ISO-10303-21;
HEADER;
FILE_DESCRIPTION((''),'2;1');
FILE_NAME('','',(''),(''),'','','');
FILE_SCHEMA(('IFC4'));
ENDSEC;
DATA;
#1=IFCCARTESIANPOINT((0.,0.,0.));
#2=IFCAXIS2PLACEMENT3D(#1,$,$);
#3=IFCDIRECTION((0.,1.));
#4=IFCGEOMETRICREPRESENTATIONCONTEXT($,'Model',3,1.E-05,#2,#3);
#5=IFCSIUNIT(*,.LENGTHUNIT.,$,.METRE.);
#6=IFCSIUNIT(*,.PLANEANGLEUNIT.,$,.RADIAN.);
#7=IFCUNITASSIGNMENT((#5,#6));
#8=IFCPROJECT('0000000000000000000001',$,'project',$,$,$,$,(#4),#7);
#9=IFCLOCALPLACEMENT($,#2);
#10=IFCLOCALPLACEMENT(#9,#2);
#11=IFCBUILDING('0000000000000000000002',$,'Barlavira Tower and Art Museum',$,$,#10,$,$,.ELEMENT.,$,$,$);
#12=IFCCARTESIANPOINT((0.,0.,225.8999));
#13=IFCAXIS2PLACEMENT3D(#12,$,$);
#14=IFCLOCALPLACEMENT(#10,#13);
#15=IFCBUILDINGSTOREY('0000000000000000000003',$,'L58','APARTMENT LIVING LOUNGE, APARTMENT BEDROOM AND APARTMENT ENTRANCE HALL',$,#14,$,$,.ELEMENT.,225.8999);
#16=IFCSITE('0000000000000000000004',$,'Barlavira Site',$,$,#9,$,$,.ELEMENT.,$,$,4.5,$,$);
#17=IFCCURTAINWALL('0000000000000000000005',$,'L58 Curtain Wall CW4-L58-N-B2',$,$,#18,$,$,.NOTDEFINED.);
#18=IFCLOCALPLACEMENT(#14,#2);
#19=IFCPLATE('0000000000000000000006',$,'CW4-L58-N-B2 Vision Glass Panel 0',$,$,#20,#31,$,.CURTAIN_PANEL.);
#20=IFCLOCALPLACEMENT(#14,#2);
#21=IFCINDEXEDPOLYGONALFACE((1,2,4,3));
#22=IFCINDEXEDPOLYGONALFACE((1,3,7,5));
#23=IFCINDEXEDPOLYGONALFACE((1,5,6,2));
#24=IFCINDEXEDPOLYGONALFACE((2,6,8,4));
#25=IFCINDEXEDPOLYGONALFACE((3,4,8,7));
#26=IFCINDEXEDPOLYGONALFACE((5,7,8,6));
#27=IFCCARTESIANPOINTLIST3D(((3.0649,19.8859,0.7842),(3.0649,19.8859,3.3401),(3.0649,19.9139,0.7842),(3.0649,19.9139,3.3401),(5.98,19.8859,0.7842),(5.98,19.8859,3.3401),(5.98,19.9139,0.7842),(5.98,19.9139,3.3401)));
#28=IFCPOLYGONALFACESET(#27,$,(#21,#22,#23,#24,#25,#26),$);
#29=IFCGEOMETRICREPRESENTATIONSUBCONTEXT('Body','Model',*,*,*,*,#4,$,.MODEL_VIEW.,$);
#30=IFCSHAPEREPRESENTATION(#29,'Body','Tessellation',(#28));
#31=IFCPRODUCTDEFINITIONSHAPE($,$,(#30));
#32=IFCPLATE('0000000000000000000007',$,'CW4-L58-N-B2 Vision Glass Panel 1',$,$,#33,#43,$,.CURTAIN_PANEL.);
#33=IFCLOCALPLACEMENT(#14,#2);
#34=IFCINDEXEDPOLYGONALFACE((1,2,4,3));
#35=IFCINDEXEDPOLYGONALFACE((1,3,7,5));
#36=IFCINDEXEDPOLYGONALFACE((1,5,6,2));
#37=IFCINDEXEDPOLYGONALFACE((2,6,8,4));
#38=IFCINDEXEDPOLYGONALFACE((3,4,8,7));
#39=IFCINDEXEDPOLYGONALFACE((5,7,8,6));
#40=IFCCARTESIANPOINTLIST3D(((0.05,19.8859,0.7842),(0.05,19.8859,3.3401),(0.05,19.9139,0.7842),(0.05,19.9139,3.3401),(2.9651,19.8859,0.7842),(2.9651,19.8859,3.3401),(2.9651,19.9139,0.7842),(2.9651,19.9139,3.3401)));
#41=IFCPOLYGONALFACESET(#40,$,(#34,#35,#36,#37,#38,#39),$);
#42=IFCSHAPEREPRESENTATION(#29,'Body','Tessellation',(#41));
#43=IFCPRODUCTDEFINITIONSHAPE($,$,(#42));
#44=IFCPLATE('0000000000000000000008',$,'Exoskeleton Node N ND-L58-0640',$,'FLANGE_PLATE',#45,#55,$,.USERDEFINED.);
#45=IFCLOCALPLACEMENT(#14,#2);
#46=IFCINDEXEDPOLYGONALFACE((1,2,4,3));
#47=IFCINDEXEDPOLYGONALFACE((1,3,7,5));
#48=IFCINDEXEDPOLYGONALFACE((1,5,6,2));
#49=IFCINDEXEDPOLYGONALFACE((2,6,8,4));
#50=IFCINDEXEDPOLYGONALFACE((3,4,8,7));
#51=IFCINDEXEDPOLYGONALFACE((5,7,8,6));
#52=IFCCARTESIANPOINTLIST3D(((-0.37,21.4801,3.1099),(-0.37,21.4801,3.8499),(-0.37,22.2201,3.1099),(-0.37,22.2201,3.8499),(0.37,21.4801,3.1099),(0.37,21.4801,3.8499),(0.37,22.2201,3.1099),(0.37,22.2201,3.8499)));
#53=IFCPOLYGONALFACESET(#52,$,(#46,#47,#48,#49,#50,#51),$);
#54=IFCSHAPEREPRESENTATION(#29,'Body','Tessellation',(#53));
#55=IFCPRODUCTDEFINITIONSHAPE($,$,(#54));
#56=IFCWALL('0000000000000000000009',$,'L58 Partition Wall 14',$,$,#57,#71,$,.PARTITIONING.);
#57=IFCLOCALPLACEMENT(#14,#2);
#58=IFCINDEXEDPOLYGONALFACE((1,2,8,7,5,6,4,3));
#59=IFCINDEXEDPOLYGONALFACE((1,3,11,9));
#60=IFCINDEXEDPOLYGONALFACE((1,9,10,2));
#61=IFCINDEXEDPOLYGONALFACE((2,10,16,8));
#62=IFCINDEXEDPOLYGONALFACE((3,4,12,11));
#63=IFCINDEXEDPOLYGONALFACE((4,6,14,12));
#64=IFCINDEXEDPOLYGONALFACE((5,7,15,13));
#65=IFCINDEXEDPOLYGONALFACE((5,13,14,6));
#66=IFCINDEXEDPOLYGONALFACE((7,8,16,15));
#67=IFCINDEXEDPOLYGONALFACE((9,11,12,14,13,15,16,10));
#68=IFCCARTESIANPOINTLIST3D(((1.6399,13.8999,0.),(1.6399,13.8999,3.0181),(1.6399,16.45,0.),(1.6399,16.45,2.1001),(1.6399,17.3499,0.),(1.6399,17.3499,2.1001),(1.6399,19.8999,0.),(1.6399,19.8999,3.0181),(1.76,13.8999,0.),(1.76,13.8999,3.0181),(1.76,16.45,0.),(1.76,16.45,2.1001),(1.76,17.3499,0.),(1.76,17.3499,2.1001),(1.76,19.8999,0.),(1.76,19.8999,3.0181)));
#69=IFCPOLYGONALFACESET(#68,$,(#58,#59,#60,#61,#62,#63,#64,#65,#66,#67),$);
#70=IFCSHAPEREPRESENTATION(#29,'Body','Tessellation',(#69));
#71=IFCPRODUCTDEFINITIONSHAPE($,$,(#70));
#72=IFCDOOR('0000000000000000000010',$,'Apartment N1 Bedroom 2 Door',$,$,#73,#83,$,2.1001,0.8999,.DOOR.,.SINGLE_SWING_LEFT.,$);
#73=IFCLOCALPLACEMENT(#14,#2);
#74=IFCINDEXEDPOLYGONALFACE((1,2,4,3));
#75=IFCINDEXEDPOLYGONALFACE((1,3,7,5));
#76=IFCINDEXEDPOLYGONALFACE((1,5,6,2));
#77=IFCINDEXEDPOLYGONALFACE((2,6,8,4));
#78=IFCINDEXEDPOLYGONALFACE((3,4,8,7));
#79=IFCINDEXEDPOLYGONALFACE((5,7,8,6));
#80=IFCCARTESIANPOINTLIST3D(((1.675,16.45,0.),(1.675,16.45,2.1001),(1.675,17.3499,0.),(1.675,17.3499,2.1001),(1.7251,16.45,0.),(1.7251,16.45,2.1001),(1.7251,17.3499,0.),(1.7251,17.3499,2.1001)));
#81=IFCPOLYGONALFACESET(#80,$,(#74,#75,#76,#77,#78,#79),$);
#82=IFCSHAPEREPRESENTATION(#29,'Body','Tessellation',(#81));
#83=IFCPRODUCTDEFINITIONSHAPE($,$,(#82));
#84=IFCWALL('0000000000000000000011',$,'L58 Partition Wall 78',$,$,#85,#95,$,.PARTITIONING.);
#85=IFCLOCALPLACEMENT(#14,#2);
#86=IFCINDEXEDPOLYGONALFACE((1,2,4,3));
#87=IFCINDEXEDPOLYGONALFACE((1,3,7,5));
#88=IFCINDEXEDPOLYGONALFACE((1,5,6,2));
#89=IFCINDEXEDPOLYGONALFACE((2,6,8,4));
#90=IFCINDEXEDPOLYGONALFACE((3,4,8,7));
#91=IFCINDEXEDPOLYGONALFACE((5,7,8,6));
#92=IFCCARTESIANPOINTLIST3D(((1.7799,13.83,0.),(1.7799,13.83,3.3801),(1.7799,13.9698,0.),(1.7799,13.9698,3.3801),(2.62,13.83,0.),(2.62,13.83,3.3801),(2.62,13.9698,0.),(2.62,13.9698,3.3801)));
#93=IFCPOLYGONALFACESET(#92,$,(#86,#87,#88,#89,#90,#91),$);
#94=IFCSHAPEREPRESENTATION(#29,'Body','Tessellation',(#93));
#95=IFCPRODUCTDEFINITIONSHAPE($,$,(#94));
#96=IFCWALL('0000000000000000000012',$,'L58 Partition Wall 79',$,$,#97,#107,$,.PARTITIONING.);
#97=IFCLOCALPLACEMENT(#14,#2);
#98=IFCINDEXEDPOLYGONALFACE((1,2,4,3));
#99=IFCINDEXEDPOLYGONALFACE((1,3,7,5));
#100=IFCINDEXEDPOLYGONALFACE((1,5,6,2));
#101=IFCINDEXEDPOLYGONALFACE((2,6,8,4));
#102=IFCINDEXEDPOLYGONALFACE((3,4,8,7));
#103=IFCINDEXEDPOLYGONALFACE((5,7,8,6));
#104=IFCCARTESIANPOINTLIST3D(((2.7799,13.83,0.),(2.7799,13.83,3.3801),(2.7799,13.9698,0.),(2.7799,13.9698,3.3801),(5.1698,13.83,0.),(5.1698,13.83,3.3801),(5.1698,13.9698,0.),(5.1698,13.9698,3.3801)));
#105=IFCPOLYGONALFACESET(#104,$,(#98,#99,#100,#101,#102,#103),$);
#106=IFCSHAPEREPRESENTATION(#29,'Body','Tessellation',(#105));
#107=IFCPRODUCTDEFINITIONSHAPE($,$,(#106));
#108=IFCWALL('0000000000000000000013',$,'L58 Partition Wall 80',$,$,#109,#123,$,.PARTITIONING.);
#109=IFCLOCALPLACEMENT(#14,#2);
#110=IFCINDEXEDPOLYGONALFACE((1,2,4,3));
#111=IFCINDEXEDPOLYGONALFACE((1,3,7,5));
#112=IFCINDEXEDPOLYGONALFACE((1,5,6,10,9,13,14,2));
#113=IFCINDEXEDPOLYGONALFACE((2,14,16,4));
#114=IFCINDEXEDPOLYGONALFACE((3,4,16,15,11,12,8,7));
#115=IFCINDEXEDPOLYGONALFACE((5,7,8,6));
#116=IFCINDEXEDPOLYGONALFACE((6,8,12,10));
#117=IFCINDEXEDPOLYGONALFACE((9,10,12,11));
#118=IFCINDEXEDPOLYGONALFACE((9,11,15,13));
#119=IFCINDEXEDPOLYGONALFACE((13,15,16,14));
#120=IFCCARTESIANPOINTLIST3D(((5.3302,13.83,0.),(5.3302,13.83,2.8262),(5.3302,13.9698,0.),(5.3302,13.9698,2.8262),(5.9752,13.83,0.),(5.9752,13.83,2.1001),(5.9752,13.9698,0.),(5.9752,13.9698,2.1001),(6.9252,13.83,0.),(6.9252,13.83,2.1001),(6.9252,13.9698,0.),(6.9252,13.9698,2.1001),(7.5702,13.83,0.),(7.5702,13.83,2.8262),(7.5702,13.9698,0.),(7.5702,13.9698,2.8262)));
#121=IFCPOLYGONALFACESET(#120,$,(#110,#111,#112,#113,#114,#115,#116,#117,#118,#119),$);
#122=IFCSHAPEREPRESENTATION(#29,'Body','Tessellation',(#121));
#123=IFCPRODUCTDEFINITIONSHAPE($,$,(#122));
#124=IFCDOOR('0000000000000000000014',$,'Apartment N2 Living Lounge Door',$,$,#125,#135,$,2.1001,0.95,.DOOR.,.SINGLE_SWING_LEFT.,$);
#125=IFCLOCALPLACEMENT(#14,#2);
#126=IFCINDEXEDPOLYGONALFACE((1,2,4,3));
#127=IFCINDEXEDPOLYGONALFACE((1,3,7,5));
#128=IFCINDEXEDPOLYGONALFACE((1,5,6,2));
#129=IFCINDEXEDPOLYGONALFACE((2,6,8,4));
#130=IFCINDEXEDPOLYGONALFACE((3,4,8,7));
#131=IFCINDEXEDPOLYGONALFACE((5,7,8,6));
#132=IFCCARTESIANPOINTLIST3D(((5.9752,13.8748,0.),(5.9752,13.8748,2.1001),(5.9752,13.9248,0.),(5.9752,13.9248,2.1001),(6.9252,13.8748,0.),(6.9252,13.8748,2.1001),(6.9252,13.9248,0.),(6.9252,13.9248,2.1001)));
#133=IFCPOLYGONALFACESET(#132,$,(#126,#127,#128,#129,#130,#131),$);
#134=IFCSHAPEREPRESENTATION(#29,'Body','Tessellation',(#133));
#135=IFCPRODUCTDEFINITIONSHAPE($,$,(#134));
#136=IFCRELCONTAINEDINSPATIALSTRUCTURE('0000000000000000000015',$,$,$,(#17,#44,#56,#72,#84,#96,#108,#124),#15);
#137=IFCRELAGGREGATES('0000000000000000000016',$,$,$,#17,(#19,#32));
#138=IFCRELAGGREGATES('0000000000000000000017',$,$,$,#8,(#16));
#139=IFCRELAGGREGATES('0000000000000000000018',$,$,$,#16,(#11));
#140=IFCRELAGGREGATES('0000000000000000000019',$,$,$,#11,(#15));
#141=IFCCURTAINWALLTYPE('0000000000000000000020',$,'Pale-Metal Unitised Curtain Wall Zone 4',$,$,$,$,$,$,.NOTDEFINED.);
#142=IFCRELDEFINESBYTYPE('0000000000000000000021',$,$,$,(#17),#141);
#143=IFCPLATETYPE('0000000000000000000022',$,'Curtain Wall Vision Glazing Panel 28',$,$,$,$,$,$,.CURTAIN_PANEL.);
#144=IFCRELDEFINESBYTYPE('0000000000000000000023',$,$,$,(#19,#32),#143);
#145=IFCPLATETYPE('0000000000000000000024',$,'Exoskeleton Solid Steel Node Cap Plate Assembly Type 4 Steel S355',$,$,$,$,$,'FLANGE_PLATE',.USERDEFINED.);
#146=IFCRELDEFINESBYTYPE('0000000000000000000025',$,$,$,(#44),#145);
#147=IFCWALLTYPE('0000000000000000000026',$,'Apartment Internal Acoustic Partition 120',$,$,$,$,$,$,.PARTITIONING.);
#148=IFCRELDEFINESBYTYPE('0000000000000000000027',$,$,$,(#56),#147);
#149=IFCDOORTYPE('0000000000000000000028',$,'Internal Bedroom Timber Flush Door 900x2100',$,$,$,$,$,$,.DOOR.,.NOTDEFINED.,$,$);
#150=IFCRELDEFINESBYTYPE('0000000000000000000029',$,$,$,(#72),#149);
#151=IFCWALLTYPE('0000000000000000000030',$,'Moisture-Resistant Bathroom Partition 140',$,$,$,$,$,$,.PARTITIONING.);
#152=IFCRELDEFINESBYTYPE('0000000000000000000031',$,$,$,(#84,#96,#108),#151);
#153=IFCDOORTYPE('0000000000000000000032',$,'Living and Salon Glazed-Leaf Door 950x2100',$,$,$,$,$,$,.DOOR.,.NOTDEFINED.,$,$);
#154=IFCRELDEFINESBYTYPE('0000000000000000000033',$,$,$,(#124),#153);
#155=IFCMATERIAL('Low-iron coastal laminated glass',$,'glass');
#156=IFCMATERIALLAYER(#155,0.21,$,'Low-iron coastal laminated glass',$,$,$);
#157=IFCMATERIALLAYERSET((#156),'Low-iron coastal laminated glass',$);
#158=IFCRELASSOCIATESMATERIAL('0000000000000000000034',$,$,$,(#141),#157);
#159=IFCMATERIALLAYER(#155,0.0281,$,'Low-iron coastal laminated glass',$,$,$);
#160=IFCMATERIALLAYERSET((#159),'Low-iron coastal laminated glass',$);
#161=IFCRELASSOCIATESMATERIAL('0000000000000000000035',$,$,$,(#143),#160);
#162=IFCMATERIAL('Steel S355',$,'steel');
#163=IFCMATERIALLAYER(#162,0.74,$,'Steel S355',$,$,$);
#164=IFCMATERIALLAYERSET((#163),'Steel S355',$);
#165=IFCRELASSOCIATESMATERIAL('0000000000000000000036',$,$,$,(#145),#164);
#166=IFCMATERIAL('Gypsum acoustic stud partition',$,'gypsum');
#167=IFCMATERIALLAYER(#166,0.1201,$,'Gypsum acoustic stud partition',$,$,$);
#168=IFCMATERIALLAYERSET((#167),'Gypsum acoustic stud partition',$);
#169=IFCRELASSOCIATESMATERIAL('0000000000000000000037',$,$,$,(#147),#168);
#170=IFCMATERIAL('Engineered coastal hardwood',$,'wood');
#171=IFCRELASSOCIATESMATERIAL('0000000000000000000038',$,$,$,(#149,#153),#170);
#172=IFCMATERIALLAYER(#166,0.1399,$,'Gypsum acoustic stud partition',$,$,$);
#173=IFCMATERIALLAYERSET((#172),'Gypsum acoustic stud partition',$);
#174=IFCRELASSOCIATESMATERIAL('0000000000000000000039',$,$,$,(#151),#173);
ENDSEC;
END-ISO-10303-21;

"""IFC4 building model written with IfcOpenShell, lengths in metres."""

from ifc_helpers import new_model, si_unit, direction, frame, frame_2d, origin, origin_2d, place, context, subcontext, project, spatial, rectangle, extrude, material, layer, layer_set, type_object, element, fill, aggregate, save


model = new_model("IFC4")

# Units and contexts
model_context = context("Model", 3, precision=1e-05, world=origin(), true_north=direction((0.0, 1.0)))
body_context = subcontext(model_context, "Body", "Model", "MODEL_VIEW")
ifc_project = project(units=[si_unit("LENGTHUNIT", "METRE"), si_unit("PLANEANGLEUNIT", "RADIAN")], contexts=[model_context])

# Site, building, storey
site_placement = place(None, origin())
site = spatial("IfcSite", under=ifc_project, at=site_placement, Name="Barlavira Site", CompositionType="ELEMENT", RefElevation=4.5)
building_placement = place(site_placement, origin())
building = spatial("IfcBuilding", under=site, at=building_placement, Name="Barlavira Tower and Art Museum", CompositionType="ELEMENT")
storey_placement = place(building_placement, frame((0.0, 0.0, 225.8999)))
storey = spatial("IfcBuildingStorey", under=building, at=storey_placement, Name="L58", Description="APARTMENT LIVING LOUNGE, APARTMENT BEDROOM AND APARTMENT ENTRANCE HALL", CompositionType="ELEMENT", Elevation=225.8999)

# Curtain wall
ifc_material_1 = material(Name="Low-iron coastal laminated glass", Category="glass")
ifc_layer_1 = layer(ifc_material_1, 0.21, Name="Low-iron coastal laminated glass")
ifc_layer_set_1 = layer_set([ifc_layer_1], Name="Low-iron coastal laminated glass")
curtain_wall_type = type_object("IfcCurtainWallType", Name="Pale-Metal Unitised Curtain Wall Zone 4", PredefinedType="NOTDEFINED", material=ifc_layer_set_1)
curtain_wall_placement = place(storey_placement, origin())
curtain_wall = element("IfcCurtainWall", 1, at=curtain_wall_placement, inside=storey, type_object=curtain_wall_type, Name="L58 Curtain Wall CW4-L58-N-B2", PredefinedType="NOTDEFINED")

# Shared definitions
ifc_material_2 = material(Name="Steel S355", Category="steel")

# Plates
ifc_layer_2 = layer(ifc_material_1, 0.0281, Name="Low-iron coastal laminated glass")
ifc_layer_set_2 = layer_set([ifc_layer_2], Name="Low-iron coastal laminated glass")
plate_type_1 = type_object("IfcPlateType", Name="Curtain Wall Vision Glazing Panel 28", PredefinedType="CURTAIN_PANEL", material=ifc_layer_set_2)
plate_1_placement = place(storey_placement, frame((4.5225, 19.8999, 0.7842), z_axis=(0.0, 0.0, 1.0), x_axis=(-1.0, 0.0, 0.0)))
plate_1 = element("IfcPlate", 2, at=plate_1_placement, type_object=plate_type_1, Name="CW4-L58-N-B2 Vision Glass Panel 0", PredefinedType="CURTAIN_PANEL", context=body_context, shape_type="SweptSolid", body=[
    extrude(rectangle(XDim=2.915, YDim=0.0281, at=origin_2d()), origin(), (0.0, 0.0, 1.0), 2.5559),
])
plate_2_placement = place(storey_placement, frame((1.5076, 19.8999, 0.7842), z_axis=(0.0, 0.0, 1.0), x_axis=(-1.0, 0.0, 0.0)))
plate_2 = element("IfcPlate", 3, at=plate_2_placement, type_object=plate_type_1, Name="CW4-L58-N-B2 Vision Glass Panel 1", PredefinedType="CURTAIN_PANEL", context=body_context, shape_type="SweptSolid", body=[
    extrude(rectangle(XDim=2.915, YDim=0.0281, at=origin_2d()), origin(), (0.0, 0.0, 1.0), 2.5559),
])
aggregate(curtain_wall, [plate_1, plate_2])
ifc_layer_3 = layer(ifc_material_2, 0.74, Name="Steel S355")
ifc_layer_set_3 = layer_set([ifc_layer_3], Name="Steel S355")
plate_type_2 = type_object("IfcPlateType", Name="Exoskeleton Solid Steel Node Cap Plate Assembly Type 4 Steel S355", ElementType="FLANGE_PLATE", PredefinedType="USERDEFINED", material=ifc_layer_set_3)
plate_3_placement = place(storey_placement, frame((0.0, 21.8501, 3.1099), z_axis=(0.0, 0.0, 1.0), x_axis=(1.0, 0.0, 0.0)))
element("IfcPlate", 4, at=plate_3_placement, inside=storey, type_object=plate_type_2, Name="Exoskeleton Node N ND-L58-0640", ObjectType="FLANGE_PLATE", PredefinedType="USERDEFINED", context=body_context, shape_type="SweptSolid", body=[
    extrude(rectangle(XDim=0.74, YDim=0.74, at=origin_2d()), origin(), (0.0, 0.0, 1.0), 0.74),
])

# Wall, opening, door
ifc_material_3 = material(Name="Gypsum acoustic stud partition", Category="gypsum")
ifc_layer_4 = layer(ifc_material_3, 0.1201, Name="Gypsum acoustic stud partition")
ifc_layer_set_4 = layer_set([ifc_layer_4], Name="Gypsum acoustic stud partition")
wall_type_1 = type_object("IfcWallType", Name="Apartment Internal Acoustic Partition 120", PredefinedType="PARTITIONING", material=ifc_layer_set_4)
wall_1_placement = place(storey_placement, frame((1.7, 13.8999, 0.0), z_axis=(0.0, 0.0, 1.0), x_axis=(0.0, 1.0, 0.0)))
wall_1 = element("IfcWall", 5, at=wall_1_placement, inside=storey, type_object=wall_type_1, Name="L58 Partition Wall 14", PredefinedType="PARTITIONING", context=body_context, shape_type="SweptSolid", body=[
    extrude(rectangle(XDim=6.0, YDim=0.1201, at=frame_2d((3.0, 0.0))), origin(), (0.0, 0.0, 1.0), 3.0181),
])
opening_1_placement = place(wall_1_placement, frame((2.55, 0.0, 0.0)))
opening_1 = element("IfcOpeningElement", 6, at=opening_1_placement, cuts=wall_1, PredefinedType="OPENING", context=body_context, shape_type="SweptSolid", body=[
    extrude(rectangle(XDim=0.8999, YDim=2.1001, at=frame_2d((0.45, 1.05))), frame((0.0, 0.0701, 0.0), z_axis=(0.0, -1.0, 0.0), x_axis=(1.0, 0.0, 0.0)), (0.0, 0.0, 1.0), 0.1401),
])
ifc_material_4 = material(Name="Engineered coastal hardwood", Category="wood")
door_type_1 = type_object("IfcDoorType", Name="Internal Bedroom Timber Flush Door 900x2100", OperationType="NOTDEFINED", PredefinedType="DOOR", material=ifc_material_4)
door_1_placement = place(opening_1_placement, origin())
door_1 = element("IfcDoor", 7, at=door_1_placement, inside=storey, type_object=door_type_1, Name="Apartment N1 Bedroom 2 Door", OperationType="SINGLE_SWING_LEFT", OverallHeight=2.1001, OverallWidth=0.8999, PredefinedType="DOOR", context=body_context, shape_type="SweptSolid", body=[
    extrude(rectangle(XDim=0.8999, YDim=2.1001, at=frame_2d((0.45, 1.05))), frame((0.0, 0.0249, 0.0), z_axis=(0.0, -1.0, 0.0), x_axis=(1.0, 0.0, 0.0)), (0.0, 0.0, 1.0), 0.05),
])
fill(opening_1, door_1)

# Walls
ifc_layer_5 = layer(ifc_material_3, 0.1399, Name="Gypsum acoustic stud partition")
ifc_layer_set_5 = layer_set([ifc_layer_5], Name="Gypsum acoustic stud partition")
wall_type_2 = type_object("IfcWallType", Name="Moisture-Resistant Bathroom Partition 140", PredefinedType="PARTITIONING", material=ifc_layer_set_5)
wall_2_placement = place(storey_placement, frame((1.78, 13.8999, 0.0), z_axis=(0.0, 0.0, 1.0), x_axis=(1.0, 0.0, 0.0)))
element("IfcWall", 8, at=wall_2_placement, inside=storey, type_object=wall_type_2, Name="L58 Partition Wall 78", PredefinedType="PARTITIONING", context=body_context, shape_type="SweptSolid", body=[
    extrude(rectangle(XDim=0.8401, YDim=0.1399, at=frame_2d((0.4199, 0.0))), origin(), (0.0, 0.0, 1.0), 3.3801),
])
wall_3_placement = place(storey_placement, frame((2.78, 13.8999, 0.0), z_axis=(0.0, 0.0, 1.0), x_axis=(1.0, 0.0, 0.0)))
element("IfcWall", 9, at=wall_3_placement, inside=storey, type_object=wall_type_2, Name="L58 Partition Wall 79", PredefinedType="PARTITIONING", context=body_context, shape_type="SweptSolid", body=[
    extrude(rectangle(XDim=2.3899, YDim=0.1399, at=frame_2d((1.1948, 0.0))), origin(), (0.0, 0.0, 1.0), 3.3801),
])

# Wall, opening, door
wall_4_placement = place(storey_placement, frame((5.3301, 13.8999, 0.0), z_axis=(0.0, 0.0, 1.0), x_axis=(1.0, 0.0, 0.0)))
wall_4 = element("IfcWall", 10, at=wall_4_placement, inside=storey, type_object=wall_type_2, Name="L58 Partition Wall 80", PredefinedType="PARTITIONING", context=body_context, shape_type="SweptSolid", body=[
    extrude(rectangle(XDim=2.24, YDim=0.1399, at=frame_2d((1.1201, 0.0))), origin(), (0.0, 0.0, 1.0), 2.8262),
])
opening_2_placement = place(wall_4_placement, frame((0.645, 0.0, 0.0)))
opening_2 = element("IfcOpeningElement", 11, at=opening_2_placement, cuts=wall_4, PredefinedType="OPENING", context=body_context, shape_type="SweptSolid", body=[
    extrude(rectangle(XDim=0.95, YDim=2.1001, at=frame_2d((0.4751, 1.05))), frame((0.0, 0.0801, 0.0), z_axis=(0.0, -1.0, 0.0), x_axis=(1.0, 0.0, 0.0)), (0.0, 0.0, 1.0), 0.1599),
])
door_type_2 = type_object("IfcDoorType", Name="Living and Salon Glazed-Leaf Door 950x2100", OperationType="NOTDEFINED", PredefinedType="DOOR", material=ifc_material_4)
door_2_placement = place(opening_2_placement, origin())
door_2 = element("IfcDoor", 12, at=door_2_placement, inside=storey, type_object=door_type_2, Name="Apartment N2 Living Lounge Door", OperationType="SINGLE_SWING_LEFT", OverallHeight=2.1001, OverallWidth=0.95, PredefinedType="DOOR", context=body_context, shape_type="SweptSolid", body=[
    extrude(rectangle(XDim=0.95, YDim=2.1001, at=frame_2d((0.4751, 1.05))), frame((0.0, 0.0249, 0.0), z_axis=(0.0, -1.0, 0.0), x_axis=(1.0, 0.0, 0.0)), (0.0, 0.0, 1.0), 0.05),
])
fill(opening_2, door_2)

save(model, "model.ifc")
